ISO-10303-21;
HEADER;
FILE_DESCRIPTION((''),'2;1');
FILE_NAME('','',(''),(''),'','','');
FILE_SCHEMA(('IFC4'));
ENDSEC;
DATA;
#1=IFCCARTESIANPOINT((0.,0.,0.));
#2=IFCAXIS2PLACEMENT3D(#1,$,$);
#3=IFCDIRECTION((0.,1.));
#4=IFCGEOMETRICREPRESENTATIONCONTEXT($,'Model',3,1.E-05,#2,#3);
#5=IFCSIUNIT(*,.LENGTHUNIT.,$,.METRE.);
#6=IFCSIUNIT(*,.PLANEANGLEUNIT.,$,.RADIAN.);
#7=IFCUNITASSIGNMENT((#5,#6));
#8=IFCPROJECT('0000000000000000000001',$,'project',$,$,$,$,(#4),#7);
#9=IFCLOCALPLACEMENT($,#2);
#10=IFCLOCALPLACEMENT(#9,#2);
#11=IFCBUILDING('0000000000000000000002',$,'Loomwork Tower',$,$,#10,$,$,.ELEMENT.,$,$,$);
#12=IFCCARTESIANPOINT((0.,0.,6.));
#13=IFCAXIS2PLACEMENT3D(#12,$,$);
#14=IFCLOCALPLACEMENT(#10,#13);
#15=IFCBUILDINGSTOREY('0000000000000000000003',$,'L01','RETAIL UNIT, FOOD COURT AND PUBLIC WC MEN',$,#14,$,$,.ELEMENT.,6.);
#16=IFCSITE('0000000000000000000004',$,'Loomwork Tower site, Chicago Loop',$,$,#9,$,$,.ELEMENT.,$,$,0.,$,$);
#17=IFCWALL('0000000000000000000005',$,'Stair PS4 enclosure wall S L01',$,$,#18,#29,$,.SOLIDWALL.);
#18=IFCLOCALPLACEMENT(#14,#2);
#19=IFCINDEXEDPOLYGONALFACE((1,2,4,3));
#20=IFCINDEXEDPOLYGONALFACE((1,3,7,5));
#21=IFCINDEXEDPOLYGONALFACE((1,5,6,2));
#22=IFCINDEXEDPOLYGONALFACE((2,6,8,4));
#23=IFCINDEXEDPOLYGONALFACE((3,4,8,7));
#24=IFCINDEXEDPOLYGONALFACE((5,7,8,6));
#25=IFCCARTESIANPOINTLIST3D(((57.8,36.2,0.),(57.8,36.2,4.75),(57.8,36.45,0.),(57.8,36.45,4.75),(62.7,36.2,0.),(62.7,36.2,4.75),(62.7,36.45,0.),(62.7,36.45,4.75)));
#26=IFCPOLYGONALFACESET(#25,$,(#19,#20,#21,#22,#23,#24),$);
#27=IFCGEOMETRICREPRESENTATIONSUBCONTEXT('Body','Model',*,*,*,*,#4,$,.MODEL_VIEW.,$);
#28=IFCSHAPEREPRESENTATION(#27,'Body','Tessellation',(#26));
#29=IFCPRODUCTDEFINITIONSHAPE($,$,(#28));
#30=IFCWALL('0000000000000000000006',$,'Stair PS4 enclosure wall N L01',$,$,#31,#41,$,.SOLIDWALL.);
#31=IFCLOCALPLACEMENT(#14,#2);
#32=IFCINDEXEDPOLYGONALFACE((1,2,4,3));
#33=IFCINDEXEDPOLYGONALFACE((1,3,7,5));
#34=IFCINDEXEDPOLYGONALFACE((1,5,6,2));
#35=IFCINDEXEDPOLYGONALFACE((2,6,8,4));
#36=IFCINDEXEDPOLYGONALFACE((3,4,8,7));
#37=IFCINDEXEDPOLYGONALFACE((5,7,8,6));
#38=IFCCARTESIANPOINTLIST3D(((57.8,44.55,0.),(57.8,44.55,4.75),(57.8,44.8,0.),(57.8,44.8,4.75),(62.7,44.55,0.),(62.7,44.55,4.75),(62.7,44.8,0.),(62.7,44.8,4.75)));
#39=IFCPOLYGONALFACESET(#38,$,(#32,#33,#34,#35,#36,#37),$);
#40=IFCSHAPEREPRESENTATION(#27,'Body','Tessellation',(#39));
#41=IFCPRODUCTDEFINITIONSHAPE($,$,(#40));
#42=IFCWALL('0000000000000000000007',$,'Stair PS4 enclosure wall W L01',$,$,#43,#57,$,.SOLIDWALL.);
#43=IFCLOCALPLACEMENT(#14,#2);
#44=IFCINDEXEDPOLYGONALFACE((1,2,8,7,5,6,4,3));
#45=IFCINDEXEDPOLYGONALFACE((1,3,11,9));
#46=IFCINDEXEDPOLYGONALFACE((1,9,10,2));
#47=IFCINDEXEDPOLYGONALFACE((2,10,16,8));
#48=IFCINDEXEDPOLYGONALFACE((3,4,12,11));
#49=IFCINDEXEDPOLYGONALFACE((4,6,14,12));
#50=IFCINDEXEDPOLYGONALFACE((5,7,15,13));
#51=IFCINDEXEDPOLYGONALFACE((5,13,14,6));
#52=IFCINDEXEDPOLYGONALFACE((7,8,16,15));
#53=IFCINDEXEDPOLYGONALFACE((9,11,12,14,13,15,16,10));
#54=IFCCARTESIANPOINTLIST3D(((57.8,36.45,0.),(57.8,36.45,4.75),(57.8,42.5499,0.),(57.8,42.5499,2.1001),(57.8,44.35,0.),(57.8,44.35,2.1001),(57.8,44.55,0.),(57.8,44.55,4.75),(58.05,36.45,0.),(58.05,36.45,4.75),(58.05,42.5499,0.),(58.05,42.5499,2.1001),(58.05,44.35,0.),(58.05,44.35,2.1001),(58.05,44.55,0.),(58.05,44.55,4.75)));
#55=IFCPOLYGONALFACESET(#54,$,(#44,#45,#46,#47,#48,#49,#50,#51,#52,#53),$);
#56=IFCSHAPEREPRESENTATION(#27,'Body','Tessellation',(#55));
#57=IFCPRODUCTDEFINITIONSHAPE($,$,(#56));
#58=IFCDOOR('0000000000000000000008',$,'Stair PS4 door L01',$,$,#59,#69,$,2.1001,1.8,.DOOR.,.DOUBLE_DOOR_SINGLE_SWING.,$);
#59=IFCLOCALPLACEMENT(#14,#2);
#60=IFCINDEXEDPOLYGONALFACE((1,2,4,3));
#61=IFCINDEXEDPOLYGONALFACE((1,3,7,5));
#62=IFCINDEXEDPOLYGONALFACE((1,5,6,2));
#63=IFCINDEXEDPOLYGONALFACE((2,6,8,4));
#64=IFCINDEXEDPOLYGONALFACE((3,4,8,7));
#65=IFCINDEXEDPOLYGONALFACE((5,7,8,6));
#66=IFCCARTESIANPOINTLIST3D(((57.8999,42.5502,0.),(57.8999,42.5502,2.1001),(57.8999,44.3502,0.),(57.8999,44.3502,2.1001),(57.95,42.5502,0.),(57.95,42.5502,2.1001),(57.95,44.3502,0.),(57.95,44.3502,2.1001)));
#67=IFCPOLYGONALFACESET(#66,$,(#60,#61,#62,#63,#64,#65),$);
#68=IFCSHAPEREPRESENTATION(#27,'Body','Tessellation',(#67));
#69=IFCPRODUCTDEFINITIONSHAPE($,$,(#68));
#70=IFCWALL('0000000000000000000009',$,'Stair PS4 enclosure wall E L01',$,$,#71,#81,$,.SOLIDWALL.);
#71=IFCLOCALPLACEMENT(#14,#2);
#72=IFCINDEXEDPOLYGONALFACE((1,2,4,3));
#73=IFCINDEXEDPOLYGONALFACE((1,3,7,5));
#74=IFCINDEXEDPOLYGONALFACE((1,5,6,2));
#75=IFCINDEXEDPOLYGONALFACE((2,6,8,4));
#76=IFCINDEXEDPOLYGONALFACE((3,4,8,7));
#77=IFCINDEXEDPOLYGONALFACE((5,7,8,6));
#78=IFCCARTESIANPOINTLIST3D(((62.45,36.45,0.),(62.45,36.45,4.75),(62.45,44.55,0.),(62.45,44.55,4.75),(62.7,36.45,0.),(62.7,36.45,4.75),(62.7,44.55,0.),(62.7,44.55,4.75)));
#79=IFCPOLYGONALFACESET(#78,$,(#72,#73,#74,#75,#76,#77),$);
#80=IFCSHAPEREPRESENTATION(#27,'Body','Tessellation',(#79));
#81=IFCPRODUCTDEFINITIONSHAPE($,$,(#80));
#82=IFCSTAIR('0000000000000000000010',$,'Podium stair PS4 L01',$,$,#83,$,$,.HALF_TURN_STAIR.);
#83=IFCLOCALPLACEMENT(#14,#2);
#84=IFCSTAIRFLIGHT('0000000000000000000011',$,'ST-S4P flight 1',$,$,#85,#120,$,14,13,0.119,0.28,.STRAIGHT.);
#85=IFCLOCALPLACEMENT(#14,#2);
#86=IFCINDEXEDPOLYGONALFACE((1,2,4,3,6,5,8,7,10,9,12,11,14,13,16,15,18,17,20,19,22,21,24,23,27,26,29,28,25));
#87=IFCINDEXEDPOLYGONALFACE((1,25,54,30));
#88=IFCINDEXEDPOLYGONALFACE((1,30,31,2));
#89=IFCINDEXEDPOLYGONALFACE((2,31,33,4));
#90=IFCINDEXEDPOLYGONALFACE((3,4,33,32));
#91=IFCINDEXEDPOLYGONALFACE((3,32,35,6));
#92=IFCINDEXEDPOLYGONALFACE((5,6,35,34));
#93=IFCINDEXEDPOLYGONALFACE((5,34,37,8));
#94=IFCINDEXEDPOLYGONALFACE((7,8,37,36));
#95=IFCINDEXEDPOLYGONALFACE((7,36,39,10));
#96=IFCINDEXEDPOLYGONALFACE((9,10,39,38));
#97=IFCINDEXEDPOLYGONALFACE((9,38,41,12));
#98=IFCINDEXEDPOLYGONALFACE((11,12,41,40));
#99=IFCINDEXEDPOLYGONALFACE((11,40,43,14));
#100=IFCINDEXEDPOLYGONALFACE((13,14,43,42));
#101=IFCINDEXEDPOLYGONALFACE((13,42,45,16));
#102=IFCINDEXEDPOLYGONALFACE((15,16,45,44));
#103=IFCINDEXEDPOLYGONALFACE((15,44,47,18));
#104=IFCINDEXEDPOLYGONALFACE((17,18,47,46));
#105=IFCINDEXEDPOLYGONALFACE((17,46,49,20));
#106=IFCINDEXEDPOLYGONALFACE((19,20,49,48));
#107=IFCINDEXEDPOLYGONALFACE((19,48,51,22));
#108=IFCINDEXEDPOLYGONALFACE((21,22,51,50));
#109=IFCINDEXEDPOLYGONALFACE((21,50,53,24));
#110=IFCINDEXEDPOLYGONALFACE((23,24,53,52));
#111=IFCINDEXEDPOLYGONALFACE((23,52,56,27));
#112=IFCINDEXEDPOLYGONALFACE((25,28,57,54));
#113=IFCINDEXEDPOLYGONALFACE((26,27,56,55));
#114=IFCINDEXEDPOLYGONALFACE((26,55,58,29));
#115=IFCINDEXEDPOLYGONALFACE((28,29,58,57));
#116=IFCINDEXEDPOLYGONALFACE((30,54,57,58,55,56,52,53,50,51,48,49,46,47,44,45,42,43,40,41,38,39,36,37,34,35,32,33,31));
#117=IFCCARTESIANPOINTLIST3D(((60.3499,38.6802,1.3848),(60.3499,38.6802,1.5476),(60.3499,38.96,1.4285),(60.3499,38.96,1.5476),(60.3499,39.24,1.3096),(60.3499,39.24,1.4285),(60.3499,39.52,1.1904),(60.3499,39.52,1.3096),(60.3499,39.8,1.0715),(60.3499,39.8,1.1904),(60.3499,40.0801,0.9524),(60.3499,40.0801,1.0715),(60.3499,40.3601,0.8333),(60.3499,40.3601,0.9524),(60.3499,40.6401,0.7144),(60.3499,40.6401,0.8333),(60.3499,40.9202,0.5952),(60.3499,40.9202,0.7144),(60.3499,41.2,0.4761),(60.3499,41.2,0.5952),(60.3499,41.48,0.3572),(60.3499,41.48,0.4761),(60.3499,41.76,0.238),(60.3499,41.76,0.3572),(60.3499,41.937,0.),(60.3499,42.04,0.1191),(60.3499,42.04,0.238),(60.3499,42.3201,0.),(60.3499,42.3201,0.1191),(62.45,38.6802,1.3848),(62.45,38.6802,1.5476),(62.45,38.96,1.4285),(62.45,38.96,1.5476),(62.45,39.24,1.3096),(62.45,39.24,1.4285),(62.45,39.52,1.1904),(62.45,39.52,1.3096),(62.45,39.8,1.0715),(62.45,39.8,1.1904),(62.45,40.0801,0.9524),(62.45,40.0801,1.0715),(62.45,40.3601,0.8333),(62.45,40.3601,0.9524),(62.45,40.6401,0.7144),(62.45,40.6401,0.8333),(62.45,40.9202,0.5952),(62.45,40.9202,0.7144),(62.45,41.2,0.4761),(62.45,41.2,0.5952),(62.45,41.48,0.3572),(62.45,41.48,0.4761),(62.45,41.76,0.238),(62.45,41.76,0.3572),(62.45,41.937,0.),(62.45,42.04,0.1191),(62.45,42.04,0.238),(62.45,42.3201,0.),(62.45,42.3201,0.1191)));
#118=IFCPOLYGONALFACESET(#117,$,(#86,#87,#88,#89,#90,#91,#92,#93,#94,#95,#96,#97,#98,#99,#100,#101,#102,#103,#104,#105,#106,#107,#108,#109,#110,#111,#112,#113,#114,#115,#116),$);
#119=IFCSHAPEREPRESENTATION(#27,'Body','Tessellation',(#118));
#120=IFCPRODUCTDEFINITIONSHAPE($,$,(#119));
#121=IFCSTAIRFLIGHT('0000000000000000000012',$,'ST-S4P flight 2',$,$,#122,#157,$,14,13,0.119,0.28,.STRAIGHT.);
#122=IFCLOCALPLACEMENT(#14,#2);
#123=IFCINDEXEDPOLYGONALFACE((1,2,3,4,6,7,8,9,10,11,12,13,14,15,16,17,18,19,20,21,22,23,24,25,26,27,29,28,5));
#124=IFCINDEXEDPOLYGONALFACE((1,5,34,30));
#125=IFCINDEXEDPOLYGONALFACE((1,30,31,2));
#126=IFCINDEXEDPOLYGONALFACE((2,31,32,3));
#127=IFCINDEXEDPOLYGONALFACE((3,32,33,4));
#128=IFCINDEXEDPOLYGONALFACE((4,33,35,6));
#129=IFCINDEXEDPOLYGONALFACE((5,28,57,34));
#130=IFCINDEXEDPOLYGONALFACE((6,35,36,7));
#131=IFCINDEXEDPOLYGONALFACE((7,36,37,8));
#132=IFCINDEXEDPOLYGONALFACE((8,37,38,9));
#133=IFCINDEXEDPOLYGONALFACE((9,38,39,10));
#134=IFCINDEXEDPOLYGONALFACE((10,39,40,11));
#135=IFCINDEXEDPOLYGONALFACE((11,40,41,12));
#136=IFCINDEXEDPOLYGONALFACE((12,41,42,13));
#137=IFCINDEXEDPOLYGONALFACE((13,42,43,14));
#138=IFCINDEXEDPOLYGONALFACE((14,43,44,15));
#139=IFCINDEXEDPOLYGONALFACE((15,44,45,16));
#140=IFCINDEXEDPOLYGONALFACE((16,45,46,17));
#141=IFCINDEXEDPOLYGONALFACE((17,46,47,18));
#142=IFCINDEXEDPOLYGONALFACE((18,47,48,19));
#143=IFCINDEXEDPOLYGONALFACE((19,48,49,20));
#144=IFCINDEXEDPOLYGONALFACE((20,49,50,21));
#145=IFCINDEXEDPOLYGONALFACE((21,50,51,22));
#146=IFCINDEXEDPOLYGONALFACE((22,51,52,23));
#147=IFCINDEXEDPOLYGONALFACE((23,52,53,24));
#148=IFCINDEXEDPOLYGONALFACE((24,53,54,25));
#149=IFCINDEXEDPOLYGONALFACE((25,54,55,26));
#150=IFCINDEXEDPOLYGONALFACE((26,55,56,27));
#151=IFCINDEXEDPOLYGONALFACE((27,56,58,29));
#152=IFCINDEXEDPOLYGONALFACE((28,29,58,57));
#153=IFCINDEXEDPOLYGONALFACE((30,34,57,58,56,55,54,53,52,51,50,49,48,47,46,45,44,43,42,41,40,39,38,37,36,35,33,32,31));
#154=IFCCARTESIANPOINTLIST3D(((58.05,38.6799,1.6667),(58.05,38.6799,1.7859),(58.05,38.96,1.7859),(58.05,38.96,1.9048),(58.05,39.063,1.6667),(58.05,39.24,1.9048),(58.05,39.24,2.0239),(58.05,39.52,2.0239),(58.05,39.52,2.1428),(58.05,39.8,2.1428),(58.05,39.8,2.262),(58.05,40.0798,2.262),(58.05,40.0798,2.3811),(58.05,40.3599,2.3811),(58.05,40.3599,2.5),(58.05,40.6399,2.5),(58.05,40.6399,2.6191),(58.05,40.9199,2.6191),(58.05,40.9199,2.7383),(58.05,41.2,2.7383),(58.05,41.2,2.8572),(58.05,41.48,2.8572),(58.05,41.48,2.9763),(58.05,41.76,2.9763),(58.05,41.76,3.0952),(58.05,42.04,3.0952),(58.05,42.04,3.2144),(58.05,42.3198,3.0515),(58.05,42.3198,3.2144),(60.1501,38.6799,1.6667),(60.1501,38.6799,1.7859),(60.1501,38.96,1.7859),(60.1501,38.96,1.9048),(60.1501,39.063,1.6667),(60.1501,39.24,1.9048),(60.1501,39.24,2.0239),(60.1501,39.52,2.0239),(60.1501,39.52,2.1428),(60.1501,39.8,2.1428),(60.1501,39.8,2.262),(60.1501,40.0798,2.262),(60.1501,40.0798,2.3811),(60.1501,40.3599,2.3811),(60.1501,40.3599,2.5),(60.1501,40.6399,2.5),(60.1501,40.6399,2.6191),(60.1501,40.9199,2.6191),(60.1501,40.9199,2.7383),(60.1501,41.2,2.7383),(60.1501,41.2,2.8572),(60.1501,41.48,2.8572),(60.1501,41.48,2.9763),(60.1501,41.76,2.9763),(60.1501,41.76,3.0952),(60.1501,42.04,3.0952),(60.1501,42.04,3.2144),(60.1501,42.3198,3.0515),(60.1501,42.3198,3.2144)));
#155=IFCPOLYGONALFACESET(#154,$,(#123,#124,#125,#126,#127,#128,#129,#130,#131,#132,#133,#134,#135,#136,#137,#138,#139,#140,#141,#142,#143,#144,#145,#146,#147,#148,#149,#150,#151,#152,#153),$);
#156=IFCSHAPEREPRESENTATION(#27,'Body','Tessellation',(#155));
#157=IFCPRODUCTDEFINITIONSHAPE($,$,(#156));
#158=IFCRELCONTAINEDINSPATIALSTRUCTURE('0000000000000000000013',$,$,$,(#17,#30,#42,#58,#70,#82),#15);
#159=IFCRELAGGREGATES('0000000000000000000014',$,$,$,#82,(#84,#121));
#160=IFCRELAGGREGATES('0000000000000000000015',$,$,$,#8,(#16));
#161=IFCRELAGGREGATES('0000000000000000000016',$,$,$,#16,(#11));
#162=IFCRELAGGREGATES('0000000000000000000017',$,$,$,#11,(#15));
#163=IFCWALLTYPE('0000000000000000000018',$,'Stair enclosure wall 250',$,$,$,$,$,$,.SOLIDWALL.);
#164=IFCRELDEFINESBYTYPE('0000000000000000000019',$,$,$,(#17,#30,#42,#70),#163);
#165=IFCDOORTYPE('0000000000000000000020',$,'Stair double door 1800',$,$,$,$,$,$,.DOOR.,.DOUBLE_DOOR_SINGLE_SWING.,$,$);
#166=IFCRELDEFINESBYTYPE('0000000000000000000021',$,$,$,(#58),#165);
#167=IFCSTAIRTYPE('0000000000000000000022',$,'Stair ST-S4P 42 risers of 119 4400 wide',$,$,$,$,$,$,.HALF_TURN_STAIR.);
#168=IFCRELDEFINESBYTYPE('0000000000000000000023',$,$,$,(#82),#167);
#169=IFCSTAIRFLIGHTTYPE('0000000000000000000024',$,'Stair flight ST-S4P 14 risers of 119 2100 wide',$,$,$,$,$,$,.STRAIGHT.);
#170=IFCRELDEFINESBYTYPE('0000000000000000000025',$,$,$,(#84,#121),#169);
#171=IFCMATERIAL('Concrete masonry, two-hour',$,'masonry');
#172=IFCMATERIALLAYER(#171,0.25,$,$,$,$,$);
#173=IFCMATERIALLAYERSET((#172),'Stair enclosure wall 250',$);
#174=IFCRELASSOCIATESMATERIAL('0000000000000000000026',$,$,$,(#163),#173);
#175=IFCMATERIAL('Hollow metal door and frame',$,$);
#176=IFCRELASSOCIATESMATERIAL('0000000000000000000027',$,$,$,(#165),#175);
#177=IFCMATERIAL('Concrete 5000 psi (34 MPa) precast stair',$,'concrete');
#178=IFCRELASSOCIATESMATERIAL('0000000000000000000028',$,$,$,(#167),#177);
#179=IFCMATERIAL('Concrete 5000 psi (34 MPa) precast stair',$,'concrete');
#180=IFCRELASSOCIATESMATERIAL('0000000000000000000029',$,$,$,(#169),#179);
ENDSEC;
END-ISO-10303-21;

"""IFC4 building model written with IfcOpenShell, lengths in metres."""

from ifc_helpers import new_model, si_unit, direction, frame, frame_2d, origin, place, context, subcontext, project, spatial, polyline, rectangle, outline, extrude, material, layer, layer_set, type_object, element, fill, aggregate, save


model = new_model("IFC4")

# Units and contexts
model_context = context("Model", 3, precision=1e-05, world=origin(), true_north=direction((0.0, 1.0)))
body_context = subcontext(model_context, "Body", "Model", "MODEL_VIEW")
ifc_project = project(units=[si_unit("LENGTHUNIT", "METRE"), si_unit("PLANEANGLEUNIT", "RADIAN")], contexts=[model_context])

# Site, building, storey
site_placement = place(None, origin())
site = spatial("IfcSite", under=ifc_project, at=site_placement, Name="Loomwork Tower site, Chicago Loop", CompositionType="ELEMENT", RefElevation=0.0)
building_placement = place(site_placement, origin())
building = spatial("IfcBuilding", under=site, at=building_placement, Name="Loomwork Tower", CompositionType="ELEMENT")
storey_placement = place(building_placement, frame((0.0, 0.0, 6.0)))
storey = spatial("IfcBuildingStorey", under=building, at=storey_placement, Name="L01", Description="RETAIL UNIT, FOOD COURT AND PUBLIC WC MEN", CompositionType="ELEMENT", Elevation=6.0)

# Walls
ifc_material_1 = material(Name="Concrete masonry, two-hour", Category="masonry")
ifc_layer_1 = layer(ifc_material_1, 0.25)
ifc_layer_set_1 = layer_set([ifc_layer_1], Name="Stair enclosure wall 250")
wall_type_1 = type_object("IfcWallType", Name="Stair enclosure wall 250", PredefinedType="SOLIDWALL", material=ifc_layer_set_1)
for number, where, z_axis, x_axis, name in (
    (1, (57.8, 36.325, 0.0), (0.0, 0.0, 1.0), (1.0, 0.0, 0.0), "Stair PS4 enclosure wall S L01"),
    (2, (57.8, 44.675, 0.0), (0.0, 0.0, 1.0), (1.0, 0.0, 0.0), "Stair PS4 enclosure wall N L01"),
):
    element("IfcWall", number, at=place(storey_placement, frame(where, z_axis=z_axis, x_axis=x_axis)), inside=storey, type_object=wall_type_1, Name=name, PredefinedType="SOLIDWALL", context=body_context, shape_type="SweptSolid", body=[
        extrude(rectangle(XDim=4.8999, YDim=0.25, at=frame_2d((2.45, 0.0))), origin(), (0.0, 0.0, 1.0), 4.75),
    ])

# Wall, opening, door
wall_1_placement = place(storey_placement, frame((57.925, 36.45, 0.0), z_axis=(0.0, 0.0, 1.0), x_axis=(0.0, 1.0, 0.0)))
wall_1 = element("IfcWall", 3, at=wall_1_placement, inside=storey, type_object=wall_type_1, Name="Stair PS4 enclosure wall W L01", PredefinedType="SOLIDWALL", context=body_context, shape_type="SweptSolid", body=[
    extrude(rectangle(XDim=8.1001, YDim=0.25, at=frame_2d((4.05, 0.0))), origin(), (0.0, 0.0, 1.0), 4.75),
])
opening_1_placement = place(wall_1_placement, frame((6.1001, 0.0, 0.0)))
opening_1 = element("IfcOpeningElement", 4, at=opening_1_placement, cuts=wall_1, PredefinedType="OPENING", context=body_context, shape_type="SweptSolid", body=[
    extrude(rectangle(XDim=1.8, YDim=2.1001, at=frame_2d((0.8999, 1.05))), frame((0.0, 0.135, 0.0), z_axis=(0.0, -1.0, 0.0), x_axis=(1.0, 0.0, 0.0)), (0.0, 0.0, 1.0), 0.27),
])
ifc_material_2 = material(Name="Hollow metal door and frame")
door_type = type_object("IfcDoorType", Name="Stair double door 1800", OperationType="DOUBLE_DOOR_SINGLE_SWING", PredefinedType="DOOR", material=ifc_material_2)
door_placement = place(opening_1_placement, frame((1.8, 0.0, 0.0), z_axis=(0.0, 0.0, 1.0), x_axis=(-1.0, 0.0, 0.0)))
door = element("IfcDoor", 5, at=door_placement, inside=storey, type_object=door_type, Name="Stair PS4 door L01", OperationType="DOUBLE_DOOR_SINGLE_SWING", OverallHeight=2.1001, OverallWidth=1.8, PredefinedType="DOOR", context=body_context, shape_type="SweptSolid", body=[
    extrude(rectangle(XDim=1.8, YDim=2.1001, at=frame_2d((0.8999, 1.05))), frame((0.0, 0.0249, 0.0), z_axis=(0.0, -1.0, 0.0), x_axis=(1.0, 0.0, 0.0)), (0.0, 0.0, 1.0), 0.05),
])
fill(opening_1, door)

# Wall
wall_2_placement = place(storey_placement, frame((62.575, 36.45, 0.0), z_axis=(0.0, 0.0, 1.0), x_axis=(0.0, 1.0, 0.0)))
element("IfcWall", 6, at=wall_2_placement, inside=storey, type_object=wall_type_1, Name="Stair PS4 enclosure wall E L01", PredefinedType="SOLIDWALL", context=body_context, shape_type="SweptSolid", body=[
    extrude(rectangle(XDim=8.1001, YDim=0.25, at=frame_2d((4.05, 0.0))), origin(), (0.0, 0.0, 1.0), 4.75),
])

# Stair, stair flights
ifc_material_3 = material(Name="Concrete 5000 psi (34 MPa) precast stair", Category="concrete")
stair_type = type_object("IfcStairType", Name="Stair ST-S4P 42 risers of 119 4400 wide", PredefinedType="HALF_TURN_STAIR", material=ifc_material_3)
stair_placement = place(storey_placement, origin())
stair = element("IfcStair", 7, at=stair_placement, inside=storey, type_object=stair_type, Name="Podium stair PS4 L01", PredefinedType="HALF_TURN_STAIR")
ifc_material_4 = material(Name="Concrete 5000 psi (34 MPa) precast stair", Category="concrete")
stair_flight_type = type_object("IfcStairFlightType", Name="Stair flight ST-S4P 14 risers of 119 2100 wide", PredefinedType="STRAIGHT", material=ifc_material_4)
stair_flight_1_placement = place(storey_placement, frame((61.3999, 42.3201, 0.0), z_axis=(0.0, 0.0, 1.0), x_axis=(0.0, -1.0, 0.0)))
stair_flight_1 = element("IfcStairFlight", 8, at=stair_flight_1_placement, type_object=stair_flight_type, Name="ST-S4P flight 1", NumberOfRisers=14, NumberOfTreads=13, PredefinedType="STRAIGHT", RiserHeight=0.119, TreadLength=0.28, context=body_context, shape_type="SweptSolid", body=[
    extrude(outline(polyline([(0.0, 0.0), (0.0, 0.1191), (0.28, 0.1191), (0.28, 0.238), (0.5601, 0.238), (0.5601, 0.3572), (0.8401, 0.3572), (0.8401, 0.4761), (1.1201, 0.4761), (1.1201, 0.5952), (1.3999, 0.5952), (1.3999, 0.7144), (1.6799, 0.7144), (1.6799, 0.8333), (1.96, 0.8333), (1.96, 0.9524), (2.24, 0.9524), (2.24, 1.0715), (2.52, 1.0715), (2.52, 1.1904), (2.8, 1.1904), (2.8, 1.3096), (3.0801, 1.3096), (3.0801, 1.4285), (3.3601, 1.4285), (3.3601, 1.5476), (3.6399, 1.5476), (3.6399, 1.6667), (3.6399, 1.3848), (0.3831, 0.0), (0.0, 0.0)])), frame((0.0, 1.05, 0.0), z_axis=(0.0, -1.0, 0.0), x_axis=(1.0, 0.0, 0.0)), (0.0, 0.0, 1.0), 2.1001),
])
stair_flight_2_placement = place(storey_placement, frame((59.1001, 38.6799, 1.6667), z_axis=(0.0, 0.0, 1.0), x_axis=(0.0, 1.0, 0.0)))
stair_flight_2 = element("IfcStairFlight", 9, at=stair_flight_2_placement, type_object=stair_flight_type, Name="ST-S4P flight 2", NumberOfRisers=14, NumberOfTreads=13, PredefinedType="STRAIGHT", RiserHeight=0.119, TreadLength=0.28, context=body_context, shape_type="SweptSolid", body=[
    extrude(outline(polyline([(0.0, 0.0), (0.0, 0.1191), (0.28, 0.1191), (0.28, 0.238), (0.5601, 0.238), (0.5601, 0.3572), (0.8401, 0.3572), (0.8401, 0.4761), (1.1201, 0.4761), (1.1201, 0.5952), (1.3999, 0.5952), (1.3999, 0.7144), (1.6799, 0.7144), (1.6799, 0.8333), (1.96, 0.8333), (1.96, 0.9524), (2.24, 0.9524), (2.24, 1.0715), (2.52, 1.0715), (2.52, 1.1904), (2.8, 1.1904), (2.8, 1.3096), (3.0801, 1.3096), (3.0801, 1.4285), (3.3601, 1.4285), (3.3601, 1.5476), (3.6399, 1.5476), (3.6399, 1.6667), (3.6399, 1.3848), (0.3831, 0.0), (0.0, 0.0)])), frame((0.0, 1.05, 0.0), z_axis=(0.0, -1.0, 0.0), x_axis=(1.0, 0.0, 0.0)), (0.0, 0.0, 1.0), 2.1001),
])
aggregate(stair, [stair_flight_1, stair_flight_2])

save(model, "model.ifc")
